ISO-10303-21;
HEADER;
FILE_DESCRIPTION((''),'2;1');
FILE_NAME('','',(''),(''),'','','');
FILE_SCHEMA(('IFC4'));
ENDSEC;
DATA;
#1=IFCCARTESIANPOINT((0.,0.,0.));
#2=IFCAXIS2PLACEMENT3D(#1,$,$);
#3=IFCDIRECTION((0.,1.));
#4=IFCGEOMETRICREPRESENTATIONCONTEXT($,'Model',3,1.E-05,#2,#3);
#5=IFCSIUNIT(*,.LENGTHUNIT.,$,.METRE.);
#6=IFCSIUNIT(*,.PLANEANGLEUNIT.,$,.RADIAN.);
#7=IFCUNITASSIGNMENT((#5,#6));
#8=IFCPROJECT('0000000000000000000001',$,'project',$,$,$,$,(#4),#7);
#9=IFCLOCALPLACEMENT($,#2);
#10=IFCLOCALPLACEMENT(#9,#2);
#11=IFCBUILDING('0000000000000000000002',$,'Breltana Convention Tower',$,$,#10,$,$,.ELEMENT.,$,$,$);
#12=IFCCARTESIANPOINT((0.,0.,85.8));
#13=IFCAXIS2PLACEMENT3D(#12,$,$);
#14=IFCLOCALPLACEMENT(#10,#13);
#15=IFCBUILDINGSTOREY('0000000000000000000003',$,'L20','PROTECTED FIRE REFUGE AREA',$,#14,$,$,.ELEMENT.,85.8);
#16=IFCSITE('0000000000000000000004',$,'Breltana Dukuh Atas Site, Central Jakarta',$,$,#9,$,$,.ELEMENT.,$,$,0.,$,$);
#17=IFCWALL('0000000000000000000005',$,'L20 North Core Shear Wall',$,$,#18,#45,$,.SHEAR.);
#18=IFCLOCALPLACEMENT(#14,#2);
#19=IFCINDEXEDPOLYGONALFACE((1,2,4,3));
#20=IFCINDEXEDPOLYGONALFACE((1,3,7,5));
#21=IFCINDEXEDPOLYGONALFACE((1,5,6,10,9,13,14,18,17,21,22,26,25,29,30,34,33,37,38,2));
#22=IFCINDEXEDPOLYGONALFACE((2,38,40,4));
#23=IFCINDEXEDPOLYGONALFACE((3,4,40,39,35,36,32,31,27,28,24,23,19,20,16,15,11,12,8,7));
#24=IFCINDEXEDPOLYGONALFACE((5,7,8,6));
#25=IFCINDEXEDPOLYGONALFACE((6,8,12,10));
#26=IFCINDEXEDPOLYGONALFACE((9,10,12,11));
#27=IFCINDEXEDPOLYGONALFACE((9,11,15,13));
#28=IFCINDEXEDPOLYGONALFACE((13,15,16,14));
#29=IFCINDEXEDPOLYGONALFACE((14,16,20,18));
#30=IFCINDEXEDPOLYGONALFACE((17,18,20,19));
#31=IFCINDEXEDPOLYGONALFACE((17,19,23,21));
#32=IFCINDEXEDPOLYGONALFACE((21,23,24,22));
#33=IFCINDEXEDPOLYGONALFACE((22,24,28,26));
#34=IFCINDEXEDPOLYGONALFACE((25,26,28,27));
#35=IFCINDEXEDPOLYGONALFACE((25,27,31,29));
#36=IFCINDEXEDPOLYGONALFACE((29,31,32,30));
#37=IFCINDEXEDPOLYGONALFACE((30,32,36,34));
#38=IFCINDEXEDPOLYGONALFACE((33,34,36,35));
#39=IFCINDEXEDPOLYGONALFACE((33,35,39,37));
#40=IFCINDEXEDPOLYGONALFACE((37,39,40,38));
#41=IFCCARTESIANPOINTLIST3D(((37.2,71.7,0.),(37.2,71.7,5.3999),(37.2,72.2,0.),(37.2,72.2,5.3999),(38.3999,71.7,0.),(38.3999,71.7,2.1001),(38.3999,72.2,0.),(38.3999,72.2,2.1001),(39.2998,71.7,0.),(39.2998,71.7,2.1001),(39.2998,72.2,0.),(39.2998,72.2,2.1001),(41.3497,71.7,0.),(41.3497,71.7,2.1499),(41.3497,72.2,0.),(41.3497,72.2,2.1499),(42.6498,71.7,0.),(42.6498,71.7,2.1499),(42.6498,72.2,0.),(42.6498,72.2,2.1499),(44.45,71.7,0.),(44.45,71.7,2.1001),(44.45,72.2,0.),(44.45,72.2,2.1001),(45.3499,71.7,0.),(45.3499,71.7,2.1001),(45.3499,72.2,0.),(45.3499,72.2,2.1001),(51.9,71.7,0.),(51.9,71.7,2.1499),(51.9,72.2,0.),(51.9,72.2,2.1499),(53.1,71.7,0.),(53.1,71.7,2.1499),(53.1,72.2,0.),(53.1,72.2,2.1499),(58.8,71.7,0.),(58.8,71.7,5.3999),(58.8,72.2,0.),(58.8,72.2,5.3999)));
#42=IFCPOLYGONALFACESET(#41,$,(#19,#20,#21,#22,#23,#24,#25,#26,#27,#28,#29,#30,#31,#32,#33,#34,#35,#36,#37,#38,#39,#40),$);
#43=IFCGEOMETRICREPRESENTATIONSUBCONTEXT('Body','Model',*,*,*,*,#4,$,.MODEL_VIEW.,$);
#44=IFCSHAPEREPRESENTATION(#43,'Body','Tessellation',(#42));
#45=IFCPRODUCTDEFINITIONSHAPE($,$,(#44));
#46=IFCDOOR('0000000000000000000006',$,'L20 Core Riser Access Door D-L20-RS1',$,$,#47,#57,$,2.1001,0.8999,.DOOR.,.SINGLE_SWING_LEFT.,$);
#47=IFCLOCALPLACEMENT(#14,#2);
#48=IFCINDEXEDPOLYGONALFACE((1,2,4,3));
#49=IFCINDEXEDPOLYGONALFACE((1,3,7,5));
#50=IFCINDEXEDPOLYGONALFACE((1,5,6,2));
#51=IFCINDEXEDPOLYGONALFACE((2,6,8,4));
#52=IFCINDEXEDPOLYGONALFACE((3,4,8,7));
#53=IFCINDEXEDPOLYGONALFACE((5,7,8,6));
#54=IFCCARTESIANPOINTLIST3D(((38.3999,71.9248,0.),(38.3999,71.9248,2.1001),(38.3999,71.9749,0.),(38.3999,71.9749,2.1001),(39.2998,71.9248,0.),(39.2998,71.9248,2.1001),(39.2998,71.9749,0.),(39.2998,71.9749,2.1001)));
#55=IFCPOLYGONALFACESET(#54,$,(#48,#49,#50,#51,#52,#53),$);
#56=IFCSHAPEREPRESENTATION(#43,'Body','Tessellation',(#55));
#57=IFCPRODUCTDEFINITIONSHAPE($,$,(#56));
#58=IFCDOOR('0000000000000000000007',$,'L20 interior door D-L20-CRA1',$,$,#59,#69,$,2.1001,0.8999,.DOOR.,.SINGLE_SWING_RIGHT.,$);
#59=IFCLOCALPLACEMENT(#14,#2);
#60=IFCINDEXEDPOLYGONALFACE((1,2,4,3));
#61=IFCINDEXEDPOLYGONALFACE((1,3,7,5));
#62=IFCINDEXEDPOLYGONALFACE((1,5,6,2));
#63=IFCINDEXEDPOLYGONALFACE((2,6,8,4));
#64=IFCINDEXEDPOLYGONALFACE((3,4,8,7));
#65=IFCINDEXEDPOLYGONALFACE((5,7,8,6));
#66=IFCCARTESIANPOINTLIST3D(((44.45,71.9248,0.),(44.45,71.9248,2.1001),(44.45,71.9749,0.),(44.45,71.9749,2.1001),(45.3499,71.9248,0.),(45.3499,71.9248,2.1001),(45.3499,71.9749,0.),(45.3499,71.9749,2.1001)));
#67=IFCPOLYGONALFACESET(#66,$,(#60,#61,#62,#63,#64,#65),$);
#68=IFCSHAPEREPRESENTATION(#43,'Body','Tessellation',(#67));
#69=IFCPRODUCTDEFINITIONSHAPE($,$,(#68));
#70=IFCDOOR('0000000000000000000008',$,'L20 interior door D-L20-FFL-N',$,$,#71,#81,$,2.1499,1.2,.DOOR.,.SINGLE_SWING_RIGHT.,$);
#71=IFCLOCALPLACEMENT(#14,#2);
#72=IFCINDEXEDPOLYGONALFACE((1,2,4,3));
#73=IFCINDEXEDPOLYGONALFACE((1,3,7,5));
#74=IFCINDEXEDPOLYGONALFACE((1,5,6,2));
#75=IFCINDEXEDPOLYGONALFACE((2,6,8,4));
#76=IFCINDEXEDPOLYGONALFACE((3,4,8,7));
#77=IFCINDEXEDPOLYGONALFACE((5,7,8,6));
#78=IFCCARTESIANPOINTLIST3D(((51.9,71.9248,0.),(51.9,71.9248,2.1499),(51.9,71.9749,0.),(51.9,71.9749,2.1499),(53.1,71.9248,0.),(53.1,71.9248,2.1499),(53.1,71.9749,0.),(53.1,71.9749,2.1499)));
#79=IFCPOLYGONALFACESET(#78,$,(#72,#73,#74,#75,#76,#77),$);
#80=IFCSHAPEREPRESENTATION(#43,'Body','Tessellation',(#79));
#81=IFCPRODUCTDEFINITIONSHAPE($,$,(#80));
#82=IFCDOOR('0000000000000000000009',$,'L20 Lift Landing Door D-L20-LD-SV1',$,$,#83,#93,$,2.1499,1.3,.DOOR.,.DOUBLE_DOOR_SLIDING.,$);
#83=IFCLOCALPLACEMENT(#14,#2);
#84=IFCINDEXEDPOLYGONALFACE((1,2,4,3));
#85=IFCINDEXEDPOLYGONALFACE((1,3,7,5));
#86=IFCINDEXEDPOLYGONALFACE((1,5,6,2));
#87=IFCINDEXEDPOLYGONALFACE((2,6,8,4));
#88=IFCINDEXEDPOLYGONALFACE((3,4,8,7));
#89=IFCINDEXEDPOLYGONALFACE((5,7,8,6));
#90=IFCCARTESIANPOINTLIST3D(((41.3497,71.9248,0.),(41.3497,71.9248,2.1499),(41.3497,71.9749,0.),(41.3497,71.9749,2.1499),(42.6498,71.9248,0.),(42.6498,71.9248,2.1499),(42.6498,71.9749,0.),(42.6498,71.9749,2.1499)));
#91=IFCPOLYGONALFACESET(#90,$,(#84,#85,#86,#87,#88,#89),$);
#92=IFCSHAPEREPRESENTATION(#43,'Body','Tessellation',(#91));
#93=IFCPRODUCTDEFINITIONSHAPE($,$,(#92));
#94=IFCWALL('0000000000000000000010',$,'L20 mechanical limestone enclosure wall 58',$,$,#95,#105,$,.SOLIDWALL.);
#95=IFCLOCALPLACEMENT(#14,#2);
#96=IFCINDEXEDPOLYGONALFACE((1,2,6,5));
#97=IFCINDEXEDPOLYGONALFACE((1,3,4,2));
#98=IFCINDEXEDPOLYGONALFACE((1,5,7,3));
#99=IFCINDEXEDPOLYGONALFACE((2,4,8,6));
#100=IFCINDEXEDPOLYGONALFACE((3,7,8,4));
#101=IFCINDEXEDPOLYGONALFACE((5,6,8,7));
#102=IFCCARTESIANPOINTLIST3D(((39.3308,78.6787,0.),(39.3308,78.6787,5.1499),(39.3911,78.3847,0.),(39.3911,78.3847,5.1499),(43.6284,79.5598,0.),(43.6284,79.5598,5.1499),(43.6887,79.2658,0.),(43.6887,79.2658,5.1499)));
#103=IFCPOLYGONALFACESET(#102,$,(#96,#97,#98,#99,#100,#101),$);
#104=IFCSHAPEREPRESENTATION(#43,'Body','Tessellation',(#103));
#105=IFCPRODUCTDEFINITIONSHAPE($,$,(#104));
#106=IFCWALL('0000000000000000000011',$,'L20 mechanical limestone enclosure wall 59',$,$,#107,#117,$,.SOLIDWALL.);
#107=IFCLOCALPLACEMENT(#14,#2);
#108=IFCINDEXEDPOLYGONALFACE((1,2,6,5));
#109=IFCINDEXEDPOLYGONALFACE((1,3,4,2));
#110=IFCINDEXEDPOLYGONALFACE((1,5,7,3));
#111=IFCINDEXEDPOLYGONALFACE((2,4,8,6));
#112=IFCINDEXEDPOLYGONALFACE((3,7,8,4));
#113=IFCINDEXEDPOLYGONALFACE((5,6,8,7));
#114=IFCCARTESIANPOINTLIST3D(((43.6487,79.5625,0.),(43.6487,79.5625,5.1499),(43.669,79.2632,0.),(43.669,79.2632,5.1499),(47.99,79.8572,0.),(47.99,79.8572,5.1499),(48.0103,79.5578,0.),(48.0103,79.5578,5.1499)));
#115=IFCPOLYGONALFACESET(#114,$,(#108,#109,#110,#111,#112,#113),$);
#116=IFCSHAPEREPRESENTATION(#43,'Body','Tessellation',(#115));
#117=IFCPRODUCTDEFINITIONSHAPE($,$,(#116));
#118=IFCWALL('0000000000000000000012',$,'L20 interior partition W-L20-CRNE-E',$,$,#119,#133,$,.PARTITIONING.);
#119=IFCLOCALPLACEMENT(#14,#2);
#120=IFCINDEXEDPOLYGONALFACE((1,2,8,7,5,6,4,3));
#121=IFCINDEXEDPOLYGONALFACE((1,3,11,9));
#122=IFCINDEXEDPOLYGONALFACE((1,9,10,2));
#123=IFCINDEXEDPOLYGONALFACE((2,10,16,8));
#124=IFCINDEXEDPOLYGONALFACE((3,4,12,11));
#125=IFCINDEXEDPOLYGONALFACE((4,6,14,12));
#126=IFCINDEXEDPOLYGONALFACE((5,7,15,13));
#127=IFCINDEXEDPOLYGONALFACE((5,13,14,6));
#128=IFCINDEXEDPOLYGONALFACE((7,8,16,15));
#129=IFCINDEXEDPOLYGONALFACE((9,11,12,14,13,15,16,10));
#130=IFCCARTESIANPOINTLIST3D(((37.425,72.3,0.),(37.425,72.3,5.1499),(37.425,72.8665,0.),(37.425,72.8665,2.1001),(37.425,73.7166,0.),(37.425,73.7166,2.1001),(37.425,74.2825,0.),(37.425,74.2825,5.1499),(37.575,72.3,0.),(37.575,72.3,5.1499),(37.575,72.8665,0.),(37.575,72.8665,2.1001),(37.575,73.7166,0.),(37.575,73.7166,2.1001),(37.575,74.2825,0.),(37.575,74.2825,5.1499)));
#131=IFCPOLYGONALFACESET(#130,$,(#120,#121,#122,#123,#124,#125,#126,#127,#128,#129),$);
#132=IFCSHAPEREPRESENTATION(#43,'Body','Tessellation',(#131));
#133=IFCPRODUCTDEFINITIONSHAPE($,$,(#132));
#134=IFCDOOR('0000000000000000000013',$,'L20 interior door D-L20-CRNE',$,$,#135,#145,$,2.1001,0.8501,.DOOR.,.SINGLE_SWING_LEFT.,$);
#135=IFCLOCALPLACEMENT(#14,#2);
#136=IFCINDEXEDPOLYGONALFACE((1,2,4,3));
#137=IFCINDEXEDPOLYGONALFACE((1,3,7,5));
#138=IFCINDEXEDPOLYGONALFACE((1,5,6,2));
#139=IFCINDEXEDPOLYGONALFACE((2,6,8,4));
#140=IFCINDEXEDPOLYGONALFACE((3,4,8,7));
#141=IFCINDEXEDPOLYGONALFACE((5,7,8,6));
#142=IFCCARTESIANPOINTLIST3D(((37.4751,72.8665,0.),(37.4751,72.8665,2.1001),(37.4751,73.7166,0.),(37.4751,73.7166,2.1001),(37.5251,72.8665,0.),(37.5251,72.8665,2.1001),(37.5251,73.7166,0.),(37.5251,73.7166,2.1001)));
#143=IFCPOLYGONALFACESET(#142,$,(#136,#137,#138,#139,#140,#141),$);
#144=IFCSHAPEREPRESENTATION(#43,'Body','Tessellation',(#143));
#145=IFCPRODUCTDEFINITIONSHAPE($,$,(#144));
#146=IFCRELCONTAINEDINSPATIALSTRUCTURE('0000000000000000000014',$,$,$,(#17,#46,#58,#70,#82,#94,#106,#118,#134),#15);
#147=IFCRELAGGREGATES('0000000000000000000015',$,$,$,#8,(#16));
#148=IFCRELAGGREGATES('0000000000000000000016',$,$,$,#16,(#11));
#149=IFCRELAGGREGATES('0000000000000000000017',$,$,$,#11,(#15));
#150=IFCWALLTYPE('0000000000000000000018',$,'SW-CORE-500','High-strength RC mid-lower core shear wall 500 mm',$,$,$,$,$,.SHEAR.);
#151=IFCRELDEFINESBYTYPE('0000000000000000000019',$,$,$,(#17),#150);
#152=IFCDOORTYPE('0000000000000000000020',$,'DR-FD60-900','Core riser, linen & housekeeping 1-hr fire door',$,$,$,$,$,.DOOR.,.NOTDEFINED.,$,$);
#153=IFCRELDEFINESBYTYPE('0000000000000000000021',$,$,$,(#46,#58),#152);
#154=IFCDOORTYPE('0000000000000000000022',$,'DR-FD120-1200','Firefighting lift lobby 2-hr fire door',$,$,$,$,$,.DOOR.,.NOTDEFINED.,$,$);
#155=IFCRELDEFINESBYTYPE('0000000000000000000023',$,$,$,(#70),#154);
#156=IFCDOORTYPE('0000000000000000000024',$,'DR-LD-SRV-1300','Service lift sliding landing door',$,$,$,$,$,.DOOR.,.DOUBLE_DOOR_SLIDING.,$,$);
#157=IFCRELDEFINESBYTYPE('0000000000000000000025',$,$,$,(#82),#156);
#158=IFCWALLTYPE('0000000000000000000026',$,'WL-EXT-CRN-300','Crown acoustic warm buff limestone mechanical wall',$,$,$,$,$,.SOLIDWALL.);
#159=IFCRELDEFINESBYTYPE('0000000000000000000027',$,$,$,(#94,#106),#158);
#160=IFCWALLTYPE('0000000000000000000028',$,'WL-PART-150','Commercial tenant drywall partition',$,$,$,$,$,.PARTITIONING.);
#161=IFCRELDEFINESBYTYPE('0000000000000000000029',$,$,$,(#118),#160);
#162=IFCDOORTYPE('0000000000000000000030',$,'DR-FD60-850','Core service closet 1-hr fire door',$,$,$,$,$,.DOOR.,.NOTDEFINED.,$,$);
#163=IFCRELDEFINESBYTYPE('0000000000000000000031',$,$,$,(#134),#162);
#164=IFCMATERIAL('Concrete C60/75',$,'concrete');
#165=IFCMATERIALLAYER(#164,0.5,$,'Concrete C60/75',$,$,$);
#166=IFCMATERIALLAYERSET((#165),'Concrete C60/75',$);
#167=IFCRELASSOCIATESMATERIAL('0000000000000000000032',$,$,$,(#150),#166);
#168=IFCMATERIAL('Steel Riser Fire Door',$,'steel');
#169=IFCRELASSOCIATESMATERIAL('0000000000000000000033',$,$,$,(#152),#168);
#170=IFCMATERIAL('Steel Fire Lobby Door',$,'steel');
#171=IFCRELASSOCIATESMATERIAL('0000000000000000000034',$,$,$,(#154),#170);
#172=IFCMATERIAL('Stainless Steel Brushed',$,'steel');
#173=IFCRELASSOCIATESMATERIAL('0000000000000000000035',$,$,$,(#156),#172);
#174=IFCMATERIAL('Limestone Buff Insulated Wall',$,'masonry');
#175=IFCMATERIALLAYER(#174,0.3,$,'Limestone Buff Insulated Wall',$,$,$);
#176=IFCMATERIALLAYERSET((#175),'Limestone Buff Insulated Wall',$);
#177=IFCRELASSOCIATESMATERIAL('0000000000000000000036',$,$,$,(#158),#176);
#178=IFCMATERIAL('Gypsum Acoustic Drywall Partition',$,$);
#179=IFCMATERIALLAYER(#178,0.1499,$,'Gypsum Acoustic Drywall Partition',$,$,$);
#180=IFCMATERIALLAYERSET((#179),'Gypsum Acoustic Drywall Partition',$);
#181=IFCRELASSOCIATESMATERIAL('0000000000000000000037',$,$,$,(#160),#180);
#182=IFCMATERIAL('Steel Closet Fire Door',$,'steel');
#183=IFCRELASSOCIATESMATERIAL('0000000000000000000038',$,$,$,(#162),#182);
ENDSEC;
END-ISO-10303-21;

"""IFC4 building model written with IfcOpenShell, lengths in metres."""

from ifc_helpers import new_model, si_unit, direction, frame, frame_2d, origin, place, context, subcontext, project, spatial, rectangle, extrude, source, transform, mapped, material, layer, layer_set, type_object, type_shapes, element, fill, save


model = new_model("IFC4")

# Units and contexts
model_context = context("Model", 3, precision=1e-05, world=origin(), true_north=direction((0.0, 1.0)))
body_context = subcontext(model_context, "Body", "Model", "MODEL_VIEW")
ifc_project = project(units=[si_unit("LENGTHUNIT", "METRE"), si_unit("PLANEANGLEUNIT", "RADIAN")], contexts=[model_context])

# Site, building, storey
site_placement = place(None, origin())
site = spatial("IfcSite", under=ifc_project, at=site_placement, Name="Breltana Dukuh Atas Site, Central Jakarta", CompositionType="ELEMENT", RefElevation=0.0)
building_placement = place(site_placement, origin())
building = spatial("IfcBuilding", under=site, at=building_placement, Name="Breltana Convention Tower", CompositionType="ELEMENT")
storey_placement = place(building_placement, frame((0.0, 0.0, 85.8)))
storey = spatial("IfcBuildingStorey", under=building, at=storey_placement, Name="L20", Description="PROTECTED FIRE REFUGE AREA", CompositionType="ELEMENT", Elevation=85.8)

# Shared definitions
ifc_material_1 = material(Name="Concrete C60/75", Category="concrete")

# Wall, openings, doors
ifc_layer_1 = layer(ifc_material_1, 0.5, Name="Concrete C60/75")
ifc_layer_set_1 = layer_set([ifc_layer_1], Name="Concrete C60/75")
wall_type_1 = type_object("IfcWallType", Name="SW-CORE-500", Description="High-strength RC mid-lower core shear wall 500 mm", PredefinedType="SHEAR", material=ifc_layer_set_1)
shared_shape_1 = source(origin(), body_context, "Body", "SweptSolid", [
    extrude(rectangle(XDim=21.6001, YDim=0.5, at=frame_2d((10.8, 0.0))), origin(), (0.0, 0.0, 1.0), 5.3999),
])
wall_1_placement = place(storey_placement, frame((37.2, 71.95, 0.0), z_axis=(0.0, 0.0, 1.0), x_axis=(1.0, 0.0, 0.0)))
wall_1 = element("IfcWall", 1, at=wall_1_placement, inside=storey, type_object=wall_type_1, Name="L20 North Core Shear Wall", PredefinedType="SHEAR", context=body_context, shape_type="MappedRepresentation", body=[
    mapped(shared_shape_1, transform((0.0, 0.0, 0.0), scale=1.0)),
])
opening_1_placement = place(wall_1_placement, frame((1.2, 0.0, 0.0)))
opening_1 = element("IfcOpeningElement", 2, at=opening_1_placement, cuts=wall_1, PredefinedType="OPENING", context=body_context, shape_type="SweptSolid", body=[
    extrude(rectangle(XDim=0.8999, YDim=2.1001, at=frame_2d((0.45, 1.05))), frame((0.0, 0.26, 0.0), z_axis=(0.0, -1.0, 0.0), x_axis=(1.0, 0.0, 0.0)), (0.0, 0.0, 1.0), 0.52),
])
opening_2_placement = place(wall_1_placement, frame((14.7, 0.0, 0.0)))
opening_2 = element("IfcOpeningElement", 3, at=opening_2_placement, cuts=wall_1, PredefinedType="OPENING", context=body_context, shape_type="SweptSolid", body=[
    extrude(rectangle(XDim=1.2, YDim=2.1499, at=frame_2d((0.6001, 1.075))), frame((0.0, 0.26, 0.0), z_axis=(0.0, -1.0, 0.0), x_axis=(1.0, 0.0, 0.0)), (0.0, 0.0, 1.0), 0.52),
])
opening_3_placement = place(wall_1_placement, frame((4.1499, 0.0, 0.0)))
opening_3 = element("IfcOpeningElement", 4, at=opening_3_placement, cuts=wall_1, PredefinedType="OPENING", context=body_context, shape_type="SweptSolid", body=[
    extrude(rectangle(XDim=1.3, YDim=2.1499, at=frame_2d((0.6499, 1.075))), frame((0.0, 0.26, 0.0), z_axis=(0.0, -1.0, 0.0), x_axis=(1.0, 0.0, 0.0)), (0.0, 0.0, 1.0), 0.52),
])
opening_4_placement = place(wall_1_placement, frame((7.25, 0.0, 0.0)))
opening_4 = element("IfcOpeningElement", 5, at=opening_4_placement, cuts=wall_1, PredefinedType="OPENING", context=body_context, shape_type="SweptSolid", body=[
    extrude(rectangle(XDim=0.8999, YDim=2.1001, at=frame_2d((0.45, 1.05))), frame((0.0, 0.26, 0.0), z_axis=(0.0, -1.0, 0.0), x_axis=(1.0, 0.0, 0.0)), (0.0, 0.0, 1.0), 0.52),
])
ifc_material_2 = material(Name="Steel Riser Fire Door", Category="steel")
door_type_1 = type_object("IfcDoorType", Name="DR-FD60-900", Description="Core riser, linen & housekeeping 1-hr fire door", OperationType="NOTDEFINED", PredefinedType="DOOR", material=ifc_material_2)
shared_shape_2 = source(origin(), body_context, "Body", "SweptSolid", [
    extrude(rectangle(XDim=0.8999, YDim=2.1001, at=frame_2d((0.45, 1.05))), frame((0.0, 0.0249, 0.0), z_axis=(0.0, -1.0, 0.0), x_axis=(1.0, 0.0, 0.0)), (0.0, 0.0, 1.0), 0.05),
])
type_shapes(door_type_1, [shared_shape_2])
door_1_placement = place(opening_1_placement, origin())
door_1 = element("IfcDoor", 6, at=door_1_placement, inside=storey, type_object=door_type_1, Name="L20 Core Riser Access Door D-L20-RS1", OperationType="SINGLE_SWING_LEFT", OverallHeight=2.1001, OverallWidth=0.8999, PredefinedType="DOOR", context=body_context, shape_type="MappedRepresentation", body=[
    mapped(shared_shape_2, transform((0.0, 0.0, 0.0), scale=1.0)),
])
fill(opening_1, door_1)
door_2_placement = place(opening_4_placement, origin())
door_2 = element("IfcDoor", 7, at=door_2_placement, inside=storey, type_object=door_type_1, Name="L20 interior door D-L20-CRA1", OperationType="SINGLE_SWING_RIGHT", OverallHeight=2.1001, OverallWidth=0.8999, PredefinedType="DOOR", context=body_context, shape_type="MappedRepresentation", body=[
    mapped(shared_shape_2, transform((0.0, 0.0, 0.0), scale=1.0)),
])
fill(opening_4, door_2)
ifc_material_3 = material(Name="Steel Fire Lobby Door", Category="steel")
door_type_2 = type_object("IfcDoorType", Name="DR-FD120-1200", Description="Firefighting lift lobby 2-hr fire door", OperationType="NOTDEFINED", PredefinedType="DOOR", material=ifc_material_3)
shared_shape_3 = source(origin(), body_context, "Body", "SweptSolid", [
    extrude(rectangle(XDim=1.2, YDim=2.1499, at=frame_2d((0.6001, 1.075))), frame((0.0, 0.0249, 0.0), z_axis=(0.0, -1.0, 0.0), x_axis=(1.0, 0.0, 0.0)), (0.0, 0.0, 1.0), 0.05),
])
type_shapes(door_type_2, [shared_shape_3])
door_3_placement = place(opening_2_placement, origin())
door_3 = element("IfcDoor", 8, at=door_3_placement, inside=storey, type_object=door_type_2, Name="L20 interior door D-L20-FFL-N", OperationType="SINGLE_SWING_RIGHT", OverallHeight=2.1499, OverallWidth=1.2, PredefinedType="DOOR", context=body_context, shape_type="MappedRepresentation", body=[
    mapped(shared_shape_3, transform((0.0, 0.0, 0.0), scale=1.0)),
])
fill(opening_2, door_3)
ifc_material_4 = material(Name="Stainless Steel Brushed", Category="steel")
door_type_3 = type_object("IfcDoorType", Name="DR-LD-SRV-1300", Description="Service lift sliding landing door", OperationType="DOUBLE_DOOR_SLIDING", PredefinedType="DOOR", material=ifc_material_4)
shared_shape_4 = source(origin(), body_context, "Body", "SweptSolid", [
    extrude(rectangle(XDim=1.3, YDim=2.1499, at=frame_2d((0.6499, 1.075))), frame((0.0, 0.0249, 0.0), z_axis=(0.0, -1.0, 0.0), x_axis=(1.0, 0.0, 0.0)), (0.0, 0.0, 1.0), 0.05),
])
type_shapes(door_type_3, [shared_shape_4])
door_4_placement = place(opening_3_placement, origin())
door_4 = element("IfcDoor", 9, at=door_4_placement, inside=storey, type_object=door_type_3, Name="L20 Lift Landing Door D-L20-LD-SV1", OperationType="DOUBLE_DOOR_SLIDING", OverallHeight=2.1499, OverallWidth=1.3, PredefinedType="DOOR", context=body_context, shape_type="MappedRepresentation", body=[
    mapped(shared_shape_4, transform((0.0, 0.0, 0.0), scale=1.0)),
])
fill(opening_3, door_4)

# Walls
ifc_material_5 = material(Name="Limestone Buff Insulated Wall", Category="masonry")
ifc_layer_2 = layer(ifc_material_5, 0.3, Name="Limestone Buff Insulated Wall")
ifc_layer_set_2 = layer_set([ifc_layer_2], Name="Limestone Buff Insulated Wall")
wall_type_2 = type_object("IfcWallType", Name="WL-EXT-CRN-300", Description="Crown acoustic warm buff limestone mechanical wall", PredefinedType="SOLIDWALL", material=ifc_layer_set_2)
shared_shape_5 = source(origin(), body_context, "Body", "SweptSolid", [
    extrude(rectangle(XDim=4.387, YDim=0.3, at=frame_2d((2.1934, 0.0))), origin(), (0.0, 0.0, 1.0), 5.1499),
])
wall_2_placement = place(storey_placement, frame((39.3611, 78.5317, 0.0), z_axis=(0.0, 0.0, 1.0), x_axis=(0.979623, 0.200844, 0.0)))
element("IfcWall", 10, at=wall_2_placement, inside=storey, type_object=wall_type_2, Name="L20 mechanical limestone enclosure wall 58", PredefinedType="SOLIDWALL", context=body_context, shape_type="MappedRepresentation", body=[
    mapped(shared_shape_5, transform((0.0, 0.0, 0.0), scale=1.0)),
])
shared_shape_6 = source(origin(), body_context, "Body", "SweptSolid", [
    extrude(rectangle(XDim=4.3513, YDim=0.3, at=frame_2d((2.1758, 0.0))), origin(), (0.0, 0.0, 1.0), 5.1499),
])
wall_3_placement = place(storey_placement, frame((43.6587, 79.4128, 0.0), z_axis=(0.0, 0.0, 1.0), x_axis=(0.997704, 0.067722, 0.0)))
element("IfcWall", 11, at=wall_3_placement, inside=storey, type_object=wall_type_2, Name="L20 mechanical limestone enclosure wall 59", PredefinedType="SOLIDWALL", context=body_context, shape_type="MappedRepresentation", body=[
    mapped(shared_shape_6, transform((0.0, 0.0, 0.0), scale=1.0)),
])

# Wall, opening, door
ifc_material_6 = material(Name="Gypsum Acoustic Drywall Partition")
ifc_layer_3 = layer(ifc_material_6, 0.1499, Name="Gypsum Acoustic Drywall Partition")
ifc_layer_set_3 = layer_set([ifc_layer_3], Name="Gypsum Acoustic Drywall Partition")
wall_type_3 = type_object("IfcWallType", Name="WL-PART-150", Description="Commercial tenant drywall partition", PredefinedType="PARTITIONING", material=ifc_layer_set_3)
shared_shape_7 = source(origin(), body_context, "Body", "SweptSolid", [
    extrude(rectangle(XDim=1.9824, YDim=0.1499, at=frame_2d((0.9912, 0.0))), origin(), (0.0, 0.0, 1.0), 5.1499),
])
wall_4_placement = place(storey_placement, frame((37.5, 72.3, 0.0), z_axis=(0.0, 0.0, 1.0), x_axis=(0.0, 1.0, 0.0)))
wall_4 = element("IfcWall", 12, at=wall_4_placement, inside=storey, type_object=wall_type_3, Name="L20 interior partition W-L20-CRNE-E", PredefinedType="PARTITIONING", context=body_context, shape_type="MappedRepresentation", body=[
    mapped(shared_shape_7, transform((0.0, 0.0, 0.0), scale=1.0)),
])
opening_5_placement = place(wall_4_placement, frame((0.5664, 0.0, 0.0)))
opening_5 = element("IfcOpeningElement", 13, at=opening_5_placement, cuts=wall_4, PredefinedType="OPENING", context=body_context, shape_type="SweptSolid", body=[
    extrude(rectangle(XDim=0.8501, YDim=2.1001, at=frame_2d((0.425, 1.05))), frame((0.0, 0.085, 0.0), z_axis=(0.0, -1.0, 0.0), x_axis=(1.0, 0.0, 0.0)), (0.0, 0.0, 1.0), 0.1699),
])
ifc_material_7 = material(Name="Steel Closet Fire Door", Category="steel")
door_type_4 = type_object("IfcDoorType", Name="DR-FD60-850", Description="Core service closet 1-hr fire door", OperationType="NOTDEFINED", PredefinedType="DOOR", material=ifc_material_7)
shared_shape_8 = source(origin(), body_context, "Body", "SweptSolid", [
    extrude(rectangle(XDim=0.8501, YDim=2.1001, at=frame_2d((0.425, 1.05))), frame((0.0, 0.0249, 0.0), z_axis=(0.0, -1.0, 0.0), x_axis=(1.0, 0.0, 0.0)), (0.0, 0.0, 1.0), 0.05),
])
type_shapes(door_type_4, [shared_shape_8])
door_5_placement = place(opening_5_placement, origin())
door_5 = element("IfcDoor", 14, at=door_5_placement, inside=storey, type_object=door_type_4, Name="L20 interior door D-L20-CRNE", OperationType="SINGLE_SWING_LEFT", OverallHeight=2.1001, OverallWidth=0.8501, PredefinedType="DOOR", context=body_context, shape_type="MappedRepresentation", body=[
    mapped(shared_shape_8, transform((0.0, 0.0, 0.0), scale=1.0)),
])
fill(opening_5, door_5)

save(model, "model.ifc")
